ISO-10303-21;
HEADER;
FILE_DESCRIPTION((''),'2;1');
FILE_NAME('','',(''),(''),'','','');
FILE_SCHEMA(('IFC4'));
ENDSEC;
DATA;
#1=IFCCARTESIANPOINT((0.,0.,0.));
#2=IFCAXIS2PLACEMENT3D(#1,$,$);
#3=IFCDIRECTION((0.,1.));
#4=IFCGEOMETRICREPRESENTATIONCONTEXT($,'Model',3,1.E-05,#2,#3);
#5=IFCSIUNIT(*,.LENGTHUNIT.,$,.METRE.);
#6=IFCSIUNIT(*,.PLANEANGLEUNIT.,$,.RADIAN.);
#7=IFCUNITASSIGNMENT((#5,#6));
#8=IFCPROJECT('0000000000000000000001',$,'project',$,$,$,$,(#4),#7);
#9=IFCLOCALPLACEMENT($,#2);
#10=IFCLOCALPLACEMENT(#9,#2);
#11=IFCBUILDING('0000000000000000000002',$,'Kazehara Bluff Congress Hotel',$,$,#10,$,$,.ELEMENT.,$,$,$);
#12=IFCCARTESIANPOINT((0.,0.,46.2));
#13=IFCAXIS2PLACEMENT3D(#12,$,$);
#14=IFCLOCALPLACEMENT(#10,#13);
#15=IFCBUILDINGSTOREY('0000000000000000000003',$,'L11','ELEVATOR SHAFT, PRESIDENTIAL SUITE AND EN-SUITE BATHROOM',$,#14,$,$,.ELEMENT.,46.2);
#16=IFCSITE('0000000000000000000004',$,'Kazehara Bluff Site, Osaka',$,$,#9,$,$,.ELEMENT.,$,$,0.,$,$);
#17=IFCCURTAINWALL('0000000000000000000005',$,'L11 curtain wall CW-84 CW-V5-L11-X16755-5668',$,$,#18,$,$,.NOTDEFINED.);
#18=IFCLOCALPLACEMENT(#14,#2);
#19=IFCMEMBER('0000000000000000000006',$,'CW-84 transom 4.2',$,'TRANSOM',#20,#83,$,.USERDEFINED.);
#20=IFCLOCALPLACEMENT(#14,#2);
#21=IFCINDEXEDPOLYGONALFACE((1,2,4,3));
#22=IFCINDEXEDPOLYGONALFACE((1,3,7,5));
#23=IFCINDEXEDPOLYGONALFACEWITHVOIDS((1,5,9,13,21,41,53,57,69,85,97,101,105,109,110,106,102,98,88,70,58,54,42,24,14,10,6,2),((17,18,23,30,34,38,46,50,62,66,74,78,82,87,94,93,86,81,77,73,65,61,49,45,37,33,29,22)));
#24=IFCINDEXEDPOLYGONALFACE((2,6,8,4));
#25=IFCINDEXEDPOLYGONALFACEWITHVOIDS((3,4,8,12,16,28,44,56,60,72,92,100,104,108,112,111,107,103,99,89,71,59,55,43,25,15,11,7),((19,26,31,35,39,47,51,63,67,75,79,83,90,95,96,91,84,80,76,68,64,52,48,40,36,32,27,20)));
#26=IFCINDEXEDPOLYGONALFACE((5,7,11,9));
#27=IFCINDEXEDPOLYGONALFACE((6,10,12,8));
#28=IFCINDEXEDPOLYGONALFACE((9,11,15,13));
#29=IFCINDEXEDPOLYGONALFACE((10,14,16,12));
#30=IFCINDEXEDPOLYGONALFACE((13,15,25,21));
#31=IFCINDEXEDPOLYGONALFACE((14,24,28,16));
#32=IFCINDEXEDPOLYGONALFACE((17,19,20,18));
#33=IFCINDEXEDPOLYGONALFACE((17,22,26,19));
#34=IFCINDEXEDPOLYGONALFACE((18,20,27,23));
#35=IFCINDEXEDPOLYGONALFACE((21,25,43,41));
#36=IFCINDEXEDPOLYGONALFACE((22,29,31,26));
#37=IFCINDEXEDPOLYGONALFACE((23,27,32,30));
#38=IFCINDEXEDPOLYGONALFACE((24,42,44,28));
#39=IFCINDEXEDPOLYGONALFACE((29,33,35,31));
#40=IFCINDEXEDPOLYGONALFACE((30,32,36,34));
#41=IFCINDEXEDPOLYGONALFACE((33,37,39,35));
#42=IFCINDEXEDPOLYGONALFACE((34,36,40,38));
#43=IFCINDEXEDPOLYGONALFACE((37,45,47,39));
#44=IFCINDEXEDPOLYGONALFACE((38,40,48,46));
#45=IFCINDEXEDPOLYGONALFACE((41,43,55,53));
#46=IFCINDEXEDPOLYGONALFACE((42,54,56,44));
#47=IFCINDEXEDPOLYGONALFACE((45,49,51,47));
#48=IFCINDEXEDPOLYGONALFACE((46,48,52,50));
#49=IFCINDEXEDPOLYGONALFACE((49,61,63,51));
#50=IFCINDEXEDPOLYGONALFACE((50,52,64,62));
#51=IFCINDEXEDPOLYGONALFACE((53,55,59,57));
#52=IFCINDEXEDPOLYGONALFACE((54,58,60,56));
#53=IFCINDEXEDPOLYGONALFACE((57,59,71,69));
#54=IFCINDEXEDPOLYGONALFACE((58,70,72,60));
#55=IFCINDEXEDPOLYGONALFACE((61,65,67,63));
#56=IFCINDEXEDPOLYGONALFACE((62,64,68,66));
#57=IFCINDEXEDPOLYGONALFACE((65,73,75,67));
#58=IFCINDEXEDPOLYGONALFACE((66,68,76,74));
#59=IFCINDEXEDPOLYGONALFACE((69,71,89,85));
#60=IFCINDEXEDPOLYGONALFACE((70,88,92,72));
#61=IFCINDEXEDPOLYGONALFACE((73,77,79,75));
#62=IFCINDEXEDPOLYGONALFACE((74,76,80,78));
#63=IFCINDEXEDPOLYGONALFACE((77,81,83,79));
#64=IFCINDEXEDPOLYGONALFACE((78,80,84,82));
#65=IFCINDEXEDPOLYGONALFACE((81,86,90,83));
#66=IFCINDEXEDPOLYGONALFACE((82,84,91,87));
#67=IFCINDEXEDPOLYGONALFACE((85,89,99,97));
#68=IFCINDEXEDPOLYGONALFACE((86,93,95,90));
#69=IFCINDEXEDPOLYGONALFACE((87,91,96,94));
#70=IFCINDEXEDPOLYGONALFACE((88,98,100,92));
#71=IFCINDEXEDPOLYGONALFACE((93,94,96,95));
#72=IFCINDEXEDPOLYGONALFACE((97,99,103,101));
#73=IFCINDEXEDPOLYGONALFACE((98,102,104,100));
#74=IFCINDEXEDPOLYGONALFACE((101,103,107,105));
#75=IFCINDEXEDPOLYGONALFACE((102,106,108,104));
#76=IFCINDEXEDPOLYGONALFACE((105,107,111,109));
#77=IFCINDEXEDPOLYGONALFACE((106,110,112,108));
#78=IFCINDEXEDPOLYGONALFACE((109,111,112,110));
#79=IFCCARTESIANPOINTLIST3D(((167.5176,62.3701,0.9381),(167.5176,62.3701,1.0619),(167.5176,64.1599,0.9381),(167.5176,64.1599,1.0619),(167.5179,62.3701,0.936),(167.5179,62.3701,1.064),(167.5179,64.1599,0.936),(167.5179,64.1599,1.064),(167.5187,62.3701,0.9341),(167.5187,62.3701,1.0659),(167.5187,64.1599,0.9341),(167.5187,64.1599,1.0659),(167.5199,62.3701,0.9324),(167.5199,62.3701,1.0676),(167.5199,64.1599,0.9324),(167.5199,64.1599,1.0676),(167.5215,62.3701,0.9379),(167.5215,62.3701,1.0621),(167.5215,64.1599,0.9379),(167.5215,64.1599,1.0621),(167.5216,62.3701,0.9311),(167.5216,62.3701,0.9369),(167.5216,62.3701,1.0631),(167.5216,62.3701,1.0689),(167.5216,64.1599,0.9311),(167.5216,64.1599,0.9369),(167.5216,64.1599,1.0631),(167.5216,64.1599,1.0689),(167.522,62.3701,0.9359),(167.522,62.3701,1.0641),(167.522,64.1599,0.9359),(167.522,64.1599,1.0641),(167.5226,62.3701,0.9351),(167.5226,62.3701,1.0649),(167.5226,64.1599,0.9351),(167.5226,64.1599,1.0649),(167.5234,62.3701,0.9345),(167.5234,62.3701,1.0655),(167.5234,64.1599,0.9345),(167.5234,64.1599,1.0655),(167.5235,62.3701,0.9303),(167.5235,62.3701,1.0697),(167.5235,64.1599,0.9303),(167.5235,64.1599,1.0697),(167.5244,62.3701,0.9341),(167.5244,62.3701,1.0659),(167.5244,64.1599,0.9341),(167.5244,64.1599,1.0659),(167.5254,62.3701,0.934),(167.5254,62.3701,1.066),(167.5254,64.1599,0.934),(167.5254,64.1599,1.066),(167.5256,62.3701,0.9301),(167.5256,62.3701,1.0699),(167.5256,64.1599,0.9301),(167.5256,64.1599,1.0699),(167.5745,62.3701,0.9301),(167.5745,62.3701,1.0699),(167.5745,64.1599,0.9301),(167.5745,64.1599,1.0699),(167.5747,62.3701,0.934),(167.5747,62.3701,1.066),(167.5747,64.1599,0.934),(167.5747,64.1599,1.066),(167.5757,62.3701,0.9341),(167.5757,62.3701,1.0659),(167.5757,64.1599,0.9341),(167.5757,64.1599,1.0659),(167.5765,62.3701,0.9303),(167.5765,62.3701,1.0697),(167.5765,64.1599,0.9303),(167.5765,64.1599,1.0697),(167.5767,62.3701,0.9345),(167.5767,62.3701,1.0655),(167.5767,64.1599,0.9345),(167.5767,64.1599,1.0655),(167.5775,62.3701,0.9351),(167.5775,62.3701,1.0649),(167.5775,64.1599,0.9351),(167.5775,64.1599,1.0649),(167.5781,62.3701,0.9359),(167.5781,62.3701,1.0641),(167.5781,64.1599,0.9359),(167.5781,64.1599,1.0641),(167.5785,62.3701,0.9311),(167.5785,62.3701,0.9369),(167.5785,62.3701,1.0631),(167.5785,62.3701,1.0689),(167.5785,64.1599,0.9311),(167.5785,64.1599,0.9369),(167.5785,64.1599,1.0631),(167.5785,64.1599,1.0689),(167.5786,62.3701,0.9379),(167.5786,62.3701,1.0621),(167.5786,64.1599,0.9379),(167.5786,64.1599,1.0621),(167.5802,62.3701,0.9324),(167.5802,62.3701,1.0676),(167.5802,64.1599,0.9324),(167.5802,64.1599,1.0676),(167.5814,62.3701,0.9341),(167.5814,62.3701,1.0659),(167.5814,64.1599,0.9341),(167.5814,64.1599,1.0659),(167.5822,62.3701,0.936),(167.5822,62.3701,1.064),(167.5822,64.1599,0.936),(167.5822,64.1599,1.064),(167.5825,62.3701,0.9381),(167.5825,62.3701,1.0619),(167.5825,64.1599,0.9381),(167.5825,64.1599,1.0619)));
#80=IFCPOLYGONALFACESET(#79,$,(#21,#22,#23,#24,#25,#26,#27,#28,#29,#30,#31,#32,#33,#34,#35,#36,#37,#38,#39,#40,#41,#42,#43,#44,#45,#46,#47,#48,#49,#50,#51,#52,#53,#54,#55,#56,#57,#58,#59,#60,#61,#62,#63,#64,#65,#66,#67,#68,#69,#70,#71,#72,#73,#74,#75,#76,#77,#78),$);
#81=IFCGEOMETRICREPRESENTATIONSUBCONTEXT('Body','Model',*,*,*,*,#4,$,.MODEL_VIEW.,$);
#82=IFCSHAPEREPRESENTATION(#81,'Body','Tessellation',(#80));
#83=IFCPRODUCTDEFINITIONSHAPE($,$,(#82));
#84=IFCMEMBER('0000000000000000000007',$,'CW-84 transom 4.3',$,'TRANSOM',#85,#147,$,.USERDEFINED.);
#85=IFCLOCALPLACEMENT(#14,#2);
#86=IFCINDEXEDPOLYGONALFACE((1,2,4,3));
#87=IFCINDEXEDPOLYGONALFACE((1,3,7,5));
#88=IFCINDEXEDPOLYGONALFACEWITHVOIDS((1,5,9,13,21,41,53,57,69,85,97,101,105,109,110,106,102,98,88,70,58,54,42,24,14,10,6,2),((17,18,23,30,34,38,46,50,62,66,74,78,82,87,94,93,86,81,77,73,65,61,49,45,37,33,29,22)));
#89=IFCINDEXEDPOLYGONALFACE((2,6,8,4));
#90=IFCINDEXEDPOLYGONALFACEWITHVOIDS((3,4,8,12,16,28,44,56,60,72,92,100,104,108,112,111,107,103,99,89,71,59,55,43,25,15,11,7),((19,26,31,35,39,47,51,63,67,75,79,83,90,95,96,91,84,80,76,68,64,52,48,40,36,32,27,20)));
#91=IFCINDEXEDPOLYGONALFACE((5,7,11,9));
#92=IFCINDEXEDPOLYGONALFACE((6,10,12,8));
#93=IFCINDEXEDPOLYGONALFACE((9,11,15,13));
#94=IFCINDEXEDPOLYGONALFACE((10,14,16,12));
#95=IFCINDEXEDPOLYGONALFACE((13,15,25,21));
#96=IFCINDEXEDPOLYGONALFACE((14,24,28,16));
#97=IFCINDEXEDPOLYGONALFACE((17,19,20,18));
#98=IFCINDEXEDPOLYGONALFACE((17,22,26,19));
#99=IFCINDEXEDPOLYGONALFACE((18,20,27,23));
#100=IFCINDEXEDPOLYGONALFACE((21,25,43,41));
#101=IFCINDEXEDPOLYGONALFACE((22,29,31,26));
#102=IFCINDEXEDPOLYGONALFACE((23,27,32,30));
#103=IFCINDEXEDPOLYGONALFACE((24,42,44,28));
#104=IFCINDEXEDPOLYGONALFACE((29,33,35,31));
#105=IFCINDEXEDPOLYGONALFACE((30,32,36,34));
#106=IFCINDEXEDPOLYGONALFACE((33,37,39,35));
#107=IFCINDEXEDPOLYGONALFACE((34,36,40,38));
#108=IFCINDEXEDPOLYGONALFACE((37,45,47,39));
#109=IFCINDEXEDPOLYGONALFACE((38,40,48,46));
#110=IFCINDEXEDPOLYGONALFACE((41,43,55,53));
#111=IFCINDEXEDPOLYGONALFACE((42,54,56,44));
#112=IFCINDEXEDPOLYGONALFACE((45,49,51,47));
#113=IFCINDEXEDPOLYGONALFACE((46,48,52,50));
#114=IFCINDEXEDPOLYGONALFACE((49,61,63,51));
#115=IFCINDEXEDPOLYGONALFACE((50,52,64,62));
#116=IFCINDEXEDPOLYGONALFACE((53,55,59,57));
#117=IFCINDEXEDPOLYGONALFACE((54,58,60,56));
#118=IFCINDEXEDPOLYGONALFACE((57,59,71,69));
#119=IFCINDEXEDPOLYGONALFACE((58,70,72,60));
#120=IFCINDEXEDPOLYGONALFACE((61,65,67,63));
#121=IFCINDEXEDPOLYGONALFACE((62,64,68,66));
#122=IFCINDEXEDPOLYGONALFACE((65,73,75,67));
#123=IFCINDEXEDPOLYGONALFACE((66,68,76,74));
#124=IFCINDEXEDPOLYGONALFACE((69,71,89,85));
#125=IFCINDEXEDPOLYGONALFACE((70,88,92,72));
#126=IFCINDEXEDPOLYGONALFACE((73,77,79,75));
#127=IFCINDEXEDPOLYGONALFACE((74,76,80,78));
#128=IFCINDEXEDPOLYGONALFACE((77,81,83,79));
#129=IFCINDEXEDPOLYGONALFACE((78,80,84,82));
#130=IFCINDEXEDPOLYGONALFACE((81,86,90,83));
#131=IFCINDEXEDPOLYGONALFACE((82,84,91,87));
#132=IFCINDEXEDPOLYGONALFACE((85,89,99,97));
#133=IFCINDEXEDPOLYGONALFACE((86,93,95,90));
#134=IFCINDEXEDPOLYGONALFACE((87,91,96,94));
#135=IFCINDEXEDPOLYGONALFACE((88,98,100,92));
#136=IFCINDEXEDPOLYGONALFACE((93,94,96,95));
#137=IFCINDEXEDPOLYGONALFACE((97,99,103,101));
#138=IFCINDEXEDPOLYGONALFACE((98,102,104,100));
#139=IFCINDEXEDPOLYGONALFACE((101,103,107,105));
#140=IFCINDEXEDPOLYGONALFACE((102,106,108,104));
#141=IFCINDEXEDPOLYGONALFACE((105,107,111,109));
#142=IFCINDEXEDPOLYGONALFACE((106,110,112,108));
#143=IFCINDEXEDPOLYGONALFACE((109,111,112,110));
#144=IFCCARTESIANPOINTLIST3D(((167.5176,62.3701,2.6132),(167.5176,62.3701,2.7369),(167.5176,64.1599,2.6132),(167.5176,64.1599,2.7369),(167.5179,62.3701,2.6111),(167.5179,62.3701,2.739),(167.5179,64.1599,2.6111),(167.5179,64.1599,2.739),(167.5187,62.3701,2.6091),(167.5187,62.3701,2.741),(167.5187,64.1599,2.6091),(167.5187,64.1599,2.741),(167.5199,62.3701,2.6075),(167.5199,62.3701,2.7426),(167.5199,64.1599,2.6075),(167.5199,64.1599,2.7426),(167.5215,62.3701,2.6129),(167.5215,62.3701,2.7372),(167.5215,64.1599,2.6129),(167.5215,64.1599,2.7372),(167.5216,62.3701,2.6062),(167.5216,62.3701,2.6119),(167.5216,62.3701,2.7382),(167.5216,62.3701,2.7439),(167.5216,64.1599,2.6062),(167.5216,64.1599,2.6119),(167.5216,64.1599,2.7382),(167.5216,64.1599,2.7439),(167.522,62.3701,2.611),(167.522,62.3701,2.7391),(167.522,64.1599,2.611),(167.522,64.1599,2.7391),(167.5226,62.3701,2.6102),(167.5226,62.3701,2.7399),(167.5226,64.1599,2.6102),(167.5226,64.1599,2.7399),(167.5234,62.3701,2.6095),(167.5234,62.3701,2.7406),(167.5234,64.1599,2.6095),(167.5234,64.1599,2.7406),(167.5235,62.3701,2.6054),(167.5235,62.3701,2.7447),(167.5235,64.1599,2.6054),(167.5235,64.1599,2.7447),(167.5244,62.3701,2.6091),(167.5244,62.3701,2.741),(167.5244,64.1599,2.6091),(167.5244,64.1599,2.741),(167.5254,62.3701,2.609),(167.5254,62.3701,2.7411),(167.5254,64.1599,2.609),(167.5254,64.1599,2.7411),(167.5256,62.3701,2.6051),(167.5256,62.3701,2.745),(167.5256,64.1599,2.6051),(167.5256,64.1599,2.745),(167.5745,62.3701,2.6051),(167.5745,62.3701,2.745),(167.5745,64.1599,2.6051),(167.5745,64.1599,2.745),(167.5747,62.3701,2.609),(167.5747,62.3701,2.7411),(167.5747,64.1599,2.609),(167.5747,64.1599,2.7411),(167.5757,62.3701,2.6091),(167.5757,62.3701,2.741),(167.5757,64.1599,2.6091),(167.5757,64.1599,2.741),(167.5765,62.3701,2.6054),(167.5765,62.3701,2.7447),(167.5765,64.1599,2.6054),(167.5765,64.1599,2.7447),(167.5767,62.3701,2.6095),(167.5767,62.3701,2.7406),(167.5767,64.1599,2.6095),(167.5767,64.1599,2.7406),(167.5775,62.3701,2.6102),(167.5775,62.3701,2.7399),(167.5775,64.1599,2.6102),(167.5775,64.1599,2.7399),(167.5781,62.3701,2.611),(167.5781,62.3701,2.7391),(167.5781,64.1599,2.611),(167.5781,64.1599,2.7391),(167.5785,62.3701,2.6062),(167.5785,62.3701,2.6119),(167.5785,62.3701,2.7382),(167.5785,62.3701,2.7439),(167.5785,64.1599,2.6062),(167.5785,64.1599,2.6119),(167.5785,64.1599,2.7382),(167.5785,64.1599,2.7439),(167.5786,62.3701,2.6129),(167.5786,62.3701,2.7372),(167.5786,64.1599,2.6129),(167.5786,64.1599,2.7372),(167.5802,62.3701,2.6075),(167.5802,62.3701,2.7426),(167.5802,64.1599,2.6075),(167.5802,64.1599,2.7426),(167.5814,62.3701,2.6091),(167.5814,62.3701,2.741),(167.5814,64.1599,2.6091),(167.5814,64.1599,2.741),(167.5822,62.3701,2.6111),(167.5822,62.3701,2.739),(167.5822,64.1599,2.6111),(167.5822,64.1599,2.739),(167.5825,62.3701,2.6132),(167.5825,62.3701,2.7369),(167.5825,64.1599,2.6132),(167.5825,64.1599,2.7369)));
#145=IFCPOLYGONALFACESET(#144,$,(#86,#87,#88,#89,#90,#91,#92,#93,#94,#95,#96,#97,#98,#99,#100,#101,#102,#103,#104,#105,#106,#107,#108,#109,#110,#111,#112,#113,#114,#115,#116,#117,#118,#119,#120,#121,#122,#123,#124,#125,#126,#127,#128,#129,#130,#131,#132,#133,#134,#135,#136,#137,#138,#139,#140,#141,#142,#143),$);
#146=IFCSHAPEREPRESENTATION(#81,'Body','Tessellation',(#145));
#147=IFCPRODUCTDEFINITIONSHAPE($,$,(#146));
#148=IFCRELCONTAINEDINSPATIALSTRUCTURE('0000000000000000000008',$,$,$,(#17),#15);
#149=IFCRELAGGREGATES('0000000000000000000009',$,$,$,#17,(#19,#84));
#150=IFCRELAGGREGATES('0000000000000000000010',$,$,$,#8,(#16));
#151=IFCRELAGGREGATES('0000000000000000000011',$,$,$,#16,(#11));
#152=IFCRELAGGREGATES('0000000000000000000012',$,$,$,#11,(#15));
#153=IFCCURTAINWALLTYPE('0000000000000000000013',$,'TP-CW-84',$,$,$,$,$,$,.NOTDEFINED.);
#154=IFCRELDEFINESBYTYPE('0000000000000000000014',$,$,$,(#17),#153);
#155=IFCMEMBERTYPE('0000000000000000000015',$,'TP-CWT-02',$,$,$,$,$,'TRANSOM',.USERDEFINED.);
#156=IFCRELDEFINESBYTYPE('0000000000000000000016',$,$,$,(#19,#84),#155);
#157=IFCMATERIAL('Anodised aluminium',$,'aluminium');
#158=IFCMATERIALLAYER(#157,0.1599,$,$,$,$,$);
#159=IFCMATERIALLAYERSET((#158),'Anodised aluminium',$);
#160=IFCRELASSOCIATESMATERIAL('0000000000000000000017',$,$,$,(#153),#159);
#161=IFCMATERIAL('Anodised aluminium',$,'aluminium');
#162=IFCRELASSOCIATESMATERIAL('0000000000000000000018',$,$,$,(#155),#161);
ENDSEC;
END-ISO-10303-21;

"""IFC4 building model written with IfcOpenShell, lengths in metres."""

from ifc_helpers import new_model, si_unit, direction, frame, origin, origin_2d, place, context, subcontext, project, spatial, hollow_rectangle, extrude, material, layer, layer_set, material_profile, profile_set, type_object, element, aggregate, save


model = new_model("IFC4")

# Units and contexts
model_context = context("Model", 3, precision=1e-05, world=origin(), true_north=direction((0.0, 1.0)))
body_context = subcontext(model_context, "Body", "Model", "MODEL_VIEW")
ifc_project = project(units=[si_unit("LENGTHUNIT", "METRE"), si_unit("PLANEANGLEUNIT", "RADIAN")], contexts=[model_context])

# Site, building, storey
site_placement = place(None, origin())
site = spatial("IfcSite", under=ifc_project, at=site_placement, Name="Kazehara Bluff Site, Osaka", CompositionType="ELEMENT", RefElevation=0.0)
building_placement = place(site_placement, origin())
building = spatial("IfcBuilding", under=site, at=building_placement, Name="Kazehara Bluff Congress Hotel", CompositionType="ELEMENT")
storey_placement = place(building_placement, frame((0.0, 0.0, 46.2)))
storey = spatial("IfcBuildingStorey", under=building, at=storey_placement, Name="L11", Description="ELEVATOR SHAFT, PRESIDENTIAL SUITE AND EN-SUITE BATHROOM", CompositionType="ELEMENT", Elevation=46.2)

# Curtain wall, members
ifc_material_1 = material(Name="Anodised aluminium", Category="aluminium")
ifc_layer_1 = layer(ifc_material_1, 0.1599)
ifc_layer_set_1 = layer_set([ifc_layer_1], Name="Anodised aluminium")
curtain_wall_type_1 = type_object("IfcCurtainWallType", Name="TP-CW-84", PredefinedType="NOTDEFINED", material=ifc_layer_set_1)
curtain_wall_1_placement = place(storey_placement, origin())
curtain_wall_1 = element("IfcCurtainWall", 1, at=curtain_wall_1_placement, inside=storey, type_object=curtain_wall_type_1, Name="L11 curtain wall CW-84 CW-V5-L11-X16755-5668", PredefinedType="NOTDEFINED")
ifc_material_2 = material(Name="Anodised aluminium", Category="aluminium")
ifc_material_profile_1 = material_profile(ifc_material_2, hollow_rectangle(XDim=0.0649, YDim=0.1399, WallThickness=0.0039, InnerFilletRadius=0.0039, OuterFilletRadius=0.0081, at=origin_2d()))
ifc_profile_set_1 = profile_set([ifc_material_profile_1], Name="Anodised aluminium")
member_type_1 = type_object("IfcMemberType", Name="TP-CWT-02", ElementType="TRANSOM", PredefinedType="USERDEFINED", material=ifc_profile_set_1)
member_1_placement = place(storey_placement, frame((167.55, 62.3701, 1.0), z_axis=(0.0, 1.0, 0.0), x_axis=(-1.0, 0.0, 0.0)))
member_1 = element("IfcMember", 2, at=member_1_placement, type_object=member_type_1, Name="CW-84 transom 4.2", ObjectType="TRANSOM", PredefinedType="USERDEFINED", context=body_context, shape_type="SweptSolid", body=[
    extrude(hollow_rectangle(XDim=0.0649, YDim=0.1399, WallThickness=0.0039, InnerFilletRadius=0.0039, OuterFilletRadius=0.0081, at=origin_2d()), origin(), (0.0, 0.0, 1.0), 1.7898),
])
member_2_placement = place(storey_placement, frame((167.55, 62.3701, 2.675), z_axis=(0.0, 1.0, 0.0), x_axis=(-1.0, 0.0, 0.0)))
member_2 = element("IfcMember", 3, at=member_2_placement, type_object=member_type_1, Name="CW-84 transom 4.3", ObjectType="TRANSOM", PredefinedType="USERDEFINED", context=body_context, shape_type="SweptSolid", body=[
    extrude(hollow_rectangle(XDim=0.0649, YDim=0.1399, WallThickness=0.0039, InnerFilletRadius=0.0039, OuterFilletRadius=0.0081, at=origin_2d()), origin(), (0.0, 0.0, 1.0), 1.7898),
])

aggregate(curtain_wall_1, [member_1, member_2])

save(model, "model.ifc")
